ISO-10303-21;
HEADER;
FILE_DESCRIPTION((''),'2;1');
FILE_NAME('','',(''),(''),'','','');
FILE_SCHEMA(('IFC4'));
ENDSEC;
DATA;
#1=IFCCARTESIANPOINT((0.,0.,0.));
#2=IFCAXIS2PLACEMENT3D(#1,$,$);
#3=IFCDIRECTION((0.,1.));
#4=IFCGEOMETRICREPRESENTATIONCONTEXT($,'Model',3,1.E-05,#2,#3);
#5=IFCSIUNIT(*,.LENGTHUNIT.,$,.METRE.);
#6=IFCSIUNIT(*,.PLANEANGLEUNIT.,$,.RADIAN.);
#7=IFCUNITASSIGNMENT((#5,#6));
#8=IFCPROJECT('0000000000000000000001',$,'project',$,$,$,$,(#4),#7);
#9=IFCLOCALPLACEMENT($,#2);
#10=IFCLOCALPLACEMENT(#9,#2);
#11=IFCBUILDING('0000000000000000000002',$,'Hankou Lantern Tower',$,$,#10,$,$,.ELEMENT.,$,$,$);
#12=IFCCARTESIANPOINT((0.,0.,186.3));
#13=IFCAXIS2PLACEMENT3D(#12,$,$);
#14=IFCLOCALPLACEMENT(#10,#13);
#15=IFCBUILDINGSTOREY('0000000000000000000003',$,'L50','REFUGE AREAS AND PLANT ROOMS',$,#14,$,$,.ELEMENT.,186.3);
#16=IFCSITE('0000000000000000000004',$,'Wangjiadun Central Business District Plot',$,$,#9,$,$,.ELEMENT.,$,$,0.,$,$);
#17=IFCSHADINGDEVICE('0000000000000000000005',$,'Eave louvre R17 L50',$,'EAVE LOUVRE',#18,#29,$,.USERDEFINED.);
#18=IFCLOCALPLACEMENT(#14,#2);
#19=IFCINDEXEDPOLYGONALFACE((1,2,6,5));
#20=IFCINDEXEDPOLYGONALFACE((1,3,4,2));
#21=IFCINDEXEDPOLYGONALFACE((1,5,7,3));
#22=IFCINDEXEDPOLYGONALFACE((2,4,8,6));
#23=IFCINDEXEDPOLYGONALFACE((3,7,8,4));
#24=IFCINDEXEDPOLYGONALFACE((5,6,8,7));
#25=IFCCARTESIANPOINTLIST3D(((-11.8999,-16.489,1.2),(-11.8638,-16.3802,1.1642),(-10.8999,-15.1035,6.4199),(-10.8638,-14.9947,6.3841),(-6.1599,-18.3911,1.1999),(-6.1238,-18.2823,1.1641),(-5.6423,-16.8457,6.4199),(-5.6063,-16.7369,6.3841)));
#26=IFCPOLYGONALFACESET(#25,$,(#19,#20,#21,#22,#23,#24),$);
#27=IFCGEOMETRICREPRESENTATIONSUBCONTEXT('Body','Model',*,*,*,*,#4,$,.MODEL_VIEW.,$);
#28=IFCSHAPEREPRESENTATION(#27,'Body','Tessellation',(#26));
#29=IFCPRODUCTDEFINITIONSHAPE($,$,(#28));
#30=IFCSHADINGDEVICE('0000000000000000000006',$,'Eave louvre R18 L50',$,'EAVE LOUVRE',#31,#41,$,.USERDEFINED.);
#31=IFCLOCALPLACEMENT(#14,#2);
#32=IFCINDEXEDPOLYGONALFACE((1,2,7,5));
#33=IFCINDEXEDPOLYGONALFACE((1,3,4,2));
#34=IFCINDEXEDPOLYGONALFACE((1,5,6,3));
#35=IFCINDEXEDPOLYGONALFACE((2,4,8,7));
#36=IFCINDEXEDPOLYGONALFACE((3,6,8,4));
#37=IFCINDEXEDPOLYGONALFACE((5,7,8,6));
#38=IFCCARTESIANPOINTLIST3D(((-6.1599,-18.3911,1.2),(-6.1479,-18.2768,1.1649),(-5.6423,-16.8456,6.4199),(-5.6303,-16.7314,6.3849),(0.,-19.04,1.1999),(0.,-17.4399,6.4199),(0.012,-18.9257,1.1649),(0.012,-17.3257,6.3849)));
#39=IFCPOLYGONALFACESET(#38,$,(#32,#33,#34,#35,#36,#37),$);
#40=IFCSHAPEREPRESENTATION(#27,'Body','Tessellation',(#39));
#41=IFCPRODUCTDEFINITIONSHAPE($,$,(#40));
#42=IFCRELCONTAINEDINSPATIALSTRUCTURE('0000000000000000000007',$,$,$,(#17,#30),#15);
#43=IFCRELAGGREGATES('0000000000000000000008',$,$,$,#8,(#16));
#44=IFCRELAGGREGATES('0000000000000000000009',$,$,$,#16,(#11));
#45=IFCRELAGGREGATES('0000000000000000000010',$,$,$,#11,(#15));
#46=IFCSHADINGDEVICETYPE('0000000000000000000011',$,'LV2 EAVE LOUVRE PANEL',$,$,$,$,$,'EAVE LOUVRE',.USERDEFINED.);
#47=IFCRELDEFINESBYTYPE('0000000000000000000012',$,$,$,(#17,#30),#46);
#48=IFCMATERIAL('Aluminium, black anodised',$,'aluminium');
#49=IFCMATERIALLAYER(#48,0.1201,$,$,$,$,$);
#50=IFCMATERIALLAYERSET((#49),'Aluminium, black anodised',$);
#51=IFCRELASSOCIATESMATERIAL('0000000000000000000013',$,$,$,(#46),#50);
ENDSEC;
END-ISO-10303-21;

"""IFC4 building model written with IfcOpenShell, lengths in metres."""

from ifc_helpers import new_model, si_unit, direction, frame, origin, place, context, subcontext, project, spatial, polyline, outline, extrude, material, layer, layer_set, type_object, element, save


model = new_model("IFC4")

# Units and contexts
model_context = context("Model", 3, precision=1e-05, world=origin(), true_north=direction((0.0, 1.0)))
body_context = subcontext(model_context, "Body", "Model", "MODEL_VIEW")
ifc_project = project(units=[si_unit("LENGTHUNIT", "METRE"), si_unit("PLANEANGLEUNIT", "RADIAN")], contexts=[model_context])

# Site, building, storey
site_placement = place(None, origin())
site = spatial("IfcSite", under=ifc_project, at=site_placement, Name="Wangjiadun Central Business District Plot", CompositionType="ELEMENT", RefElevation=0.0)
building_placement = place(site_placement, origin())
building = spatial("IfcBuilding", under=site, at=building_placement, Name="Hankou Lantern Tower", CompositionType="ELEMENT")
storey_placement = place(building_placement, frame((0.0, 0.0, 186.3)))
storey = spatial("IfcBuildingStorey", under=building, at=storey_placement, Name="L50", Description="REFUGE AREAS AND PLANT ROOMS", CompositionType="ELEMENT", Elevation=186.3)

# Shading devices
ifc_material_1 = material(Name="Aluminium, black anodised", Category="aluminium")
ifc_layer_1 = layer(ifc_material_1, 0.1201)
ifc_layer_set_1 = layer_set([ifc_layer_1], Name="Aluminium, black anodised")
shading_device_type = type_object("IfcShadingDeviceType", Name="LV2 EAVE LOUVRE PANEL", ElementType="EAVE LOUVRE", PredefinedType="USERDEFINED", material=ifc_layer_set_1)
shading_device_1_placement = place(storey_placement, frame((-11.8999, -16.489, 1.2), z_axis=(-0.300258, -0.906105, 0.298026), x_axis=(0.94924, -0.314552, -0.000001)))
element("IfcShadingDevice", 1, at=shading_device_1_placement, inside=storey, type_object=shading_device_type, Name="Eave louvre R17 L50", ObjectType="EAVE LOUVRE", PredefinedType="USERDEFINED", context=body_context, shape_type="SweptSolid", body=[
    extrude(outline(polyline([(0.0, 0.0), (6.0469, 0.0), (6.0521, 5.4685), (0.5134, 5.4685), (0.0, 0.0)])), origin(), (0.0, 0.0, -1.0), 0.1201),
])
shading_device_2_placement = place(storey_placement, frame((-6.1599, -18.3911, 1.2), z_axis=(-0.100201, -0.951282, 0.291585), x_axis=(0.994498, -0.104754, -0.000004)))
element("IfcShadingDevice", 2, at=shading_device_2_placement, inside=storey, type_object=shading_device_type, Name="Eave louvre R18 L50", ObjectType="EAVE LOUVRE", PredefinedType="USERDEFINED", context=body_context, shape_type="SweptSolid", body=[
    extrude(outline(polyline([(0.0, 0.0), (6.194, 0.0), (6.0264, 5.4571), (0.3528, 5.4571), (0.0, 0.0)])), origin(), (0.0, 0.0, -1.0), 0.1201),
])

save(model, "model.ifc")
